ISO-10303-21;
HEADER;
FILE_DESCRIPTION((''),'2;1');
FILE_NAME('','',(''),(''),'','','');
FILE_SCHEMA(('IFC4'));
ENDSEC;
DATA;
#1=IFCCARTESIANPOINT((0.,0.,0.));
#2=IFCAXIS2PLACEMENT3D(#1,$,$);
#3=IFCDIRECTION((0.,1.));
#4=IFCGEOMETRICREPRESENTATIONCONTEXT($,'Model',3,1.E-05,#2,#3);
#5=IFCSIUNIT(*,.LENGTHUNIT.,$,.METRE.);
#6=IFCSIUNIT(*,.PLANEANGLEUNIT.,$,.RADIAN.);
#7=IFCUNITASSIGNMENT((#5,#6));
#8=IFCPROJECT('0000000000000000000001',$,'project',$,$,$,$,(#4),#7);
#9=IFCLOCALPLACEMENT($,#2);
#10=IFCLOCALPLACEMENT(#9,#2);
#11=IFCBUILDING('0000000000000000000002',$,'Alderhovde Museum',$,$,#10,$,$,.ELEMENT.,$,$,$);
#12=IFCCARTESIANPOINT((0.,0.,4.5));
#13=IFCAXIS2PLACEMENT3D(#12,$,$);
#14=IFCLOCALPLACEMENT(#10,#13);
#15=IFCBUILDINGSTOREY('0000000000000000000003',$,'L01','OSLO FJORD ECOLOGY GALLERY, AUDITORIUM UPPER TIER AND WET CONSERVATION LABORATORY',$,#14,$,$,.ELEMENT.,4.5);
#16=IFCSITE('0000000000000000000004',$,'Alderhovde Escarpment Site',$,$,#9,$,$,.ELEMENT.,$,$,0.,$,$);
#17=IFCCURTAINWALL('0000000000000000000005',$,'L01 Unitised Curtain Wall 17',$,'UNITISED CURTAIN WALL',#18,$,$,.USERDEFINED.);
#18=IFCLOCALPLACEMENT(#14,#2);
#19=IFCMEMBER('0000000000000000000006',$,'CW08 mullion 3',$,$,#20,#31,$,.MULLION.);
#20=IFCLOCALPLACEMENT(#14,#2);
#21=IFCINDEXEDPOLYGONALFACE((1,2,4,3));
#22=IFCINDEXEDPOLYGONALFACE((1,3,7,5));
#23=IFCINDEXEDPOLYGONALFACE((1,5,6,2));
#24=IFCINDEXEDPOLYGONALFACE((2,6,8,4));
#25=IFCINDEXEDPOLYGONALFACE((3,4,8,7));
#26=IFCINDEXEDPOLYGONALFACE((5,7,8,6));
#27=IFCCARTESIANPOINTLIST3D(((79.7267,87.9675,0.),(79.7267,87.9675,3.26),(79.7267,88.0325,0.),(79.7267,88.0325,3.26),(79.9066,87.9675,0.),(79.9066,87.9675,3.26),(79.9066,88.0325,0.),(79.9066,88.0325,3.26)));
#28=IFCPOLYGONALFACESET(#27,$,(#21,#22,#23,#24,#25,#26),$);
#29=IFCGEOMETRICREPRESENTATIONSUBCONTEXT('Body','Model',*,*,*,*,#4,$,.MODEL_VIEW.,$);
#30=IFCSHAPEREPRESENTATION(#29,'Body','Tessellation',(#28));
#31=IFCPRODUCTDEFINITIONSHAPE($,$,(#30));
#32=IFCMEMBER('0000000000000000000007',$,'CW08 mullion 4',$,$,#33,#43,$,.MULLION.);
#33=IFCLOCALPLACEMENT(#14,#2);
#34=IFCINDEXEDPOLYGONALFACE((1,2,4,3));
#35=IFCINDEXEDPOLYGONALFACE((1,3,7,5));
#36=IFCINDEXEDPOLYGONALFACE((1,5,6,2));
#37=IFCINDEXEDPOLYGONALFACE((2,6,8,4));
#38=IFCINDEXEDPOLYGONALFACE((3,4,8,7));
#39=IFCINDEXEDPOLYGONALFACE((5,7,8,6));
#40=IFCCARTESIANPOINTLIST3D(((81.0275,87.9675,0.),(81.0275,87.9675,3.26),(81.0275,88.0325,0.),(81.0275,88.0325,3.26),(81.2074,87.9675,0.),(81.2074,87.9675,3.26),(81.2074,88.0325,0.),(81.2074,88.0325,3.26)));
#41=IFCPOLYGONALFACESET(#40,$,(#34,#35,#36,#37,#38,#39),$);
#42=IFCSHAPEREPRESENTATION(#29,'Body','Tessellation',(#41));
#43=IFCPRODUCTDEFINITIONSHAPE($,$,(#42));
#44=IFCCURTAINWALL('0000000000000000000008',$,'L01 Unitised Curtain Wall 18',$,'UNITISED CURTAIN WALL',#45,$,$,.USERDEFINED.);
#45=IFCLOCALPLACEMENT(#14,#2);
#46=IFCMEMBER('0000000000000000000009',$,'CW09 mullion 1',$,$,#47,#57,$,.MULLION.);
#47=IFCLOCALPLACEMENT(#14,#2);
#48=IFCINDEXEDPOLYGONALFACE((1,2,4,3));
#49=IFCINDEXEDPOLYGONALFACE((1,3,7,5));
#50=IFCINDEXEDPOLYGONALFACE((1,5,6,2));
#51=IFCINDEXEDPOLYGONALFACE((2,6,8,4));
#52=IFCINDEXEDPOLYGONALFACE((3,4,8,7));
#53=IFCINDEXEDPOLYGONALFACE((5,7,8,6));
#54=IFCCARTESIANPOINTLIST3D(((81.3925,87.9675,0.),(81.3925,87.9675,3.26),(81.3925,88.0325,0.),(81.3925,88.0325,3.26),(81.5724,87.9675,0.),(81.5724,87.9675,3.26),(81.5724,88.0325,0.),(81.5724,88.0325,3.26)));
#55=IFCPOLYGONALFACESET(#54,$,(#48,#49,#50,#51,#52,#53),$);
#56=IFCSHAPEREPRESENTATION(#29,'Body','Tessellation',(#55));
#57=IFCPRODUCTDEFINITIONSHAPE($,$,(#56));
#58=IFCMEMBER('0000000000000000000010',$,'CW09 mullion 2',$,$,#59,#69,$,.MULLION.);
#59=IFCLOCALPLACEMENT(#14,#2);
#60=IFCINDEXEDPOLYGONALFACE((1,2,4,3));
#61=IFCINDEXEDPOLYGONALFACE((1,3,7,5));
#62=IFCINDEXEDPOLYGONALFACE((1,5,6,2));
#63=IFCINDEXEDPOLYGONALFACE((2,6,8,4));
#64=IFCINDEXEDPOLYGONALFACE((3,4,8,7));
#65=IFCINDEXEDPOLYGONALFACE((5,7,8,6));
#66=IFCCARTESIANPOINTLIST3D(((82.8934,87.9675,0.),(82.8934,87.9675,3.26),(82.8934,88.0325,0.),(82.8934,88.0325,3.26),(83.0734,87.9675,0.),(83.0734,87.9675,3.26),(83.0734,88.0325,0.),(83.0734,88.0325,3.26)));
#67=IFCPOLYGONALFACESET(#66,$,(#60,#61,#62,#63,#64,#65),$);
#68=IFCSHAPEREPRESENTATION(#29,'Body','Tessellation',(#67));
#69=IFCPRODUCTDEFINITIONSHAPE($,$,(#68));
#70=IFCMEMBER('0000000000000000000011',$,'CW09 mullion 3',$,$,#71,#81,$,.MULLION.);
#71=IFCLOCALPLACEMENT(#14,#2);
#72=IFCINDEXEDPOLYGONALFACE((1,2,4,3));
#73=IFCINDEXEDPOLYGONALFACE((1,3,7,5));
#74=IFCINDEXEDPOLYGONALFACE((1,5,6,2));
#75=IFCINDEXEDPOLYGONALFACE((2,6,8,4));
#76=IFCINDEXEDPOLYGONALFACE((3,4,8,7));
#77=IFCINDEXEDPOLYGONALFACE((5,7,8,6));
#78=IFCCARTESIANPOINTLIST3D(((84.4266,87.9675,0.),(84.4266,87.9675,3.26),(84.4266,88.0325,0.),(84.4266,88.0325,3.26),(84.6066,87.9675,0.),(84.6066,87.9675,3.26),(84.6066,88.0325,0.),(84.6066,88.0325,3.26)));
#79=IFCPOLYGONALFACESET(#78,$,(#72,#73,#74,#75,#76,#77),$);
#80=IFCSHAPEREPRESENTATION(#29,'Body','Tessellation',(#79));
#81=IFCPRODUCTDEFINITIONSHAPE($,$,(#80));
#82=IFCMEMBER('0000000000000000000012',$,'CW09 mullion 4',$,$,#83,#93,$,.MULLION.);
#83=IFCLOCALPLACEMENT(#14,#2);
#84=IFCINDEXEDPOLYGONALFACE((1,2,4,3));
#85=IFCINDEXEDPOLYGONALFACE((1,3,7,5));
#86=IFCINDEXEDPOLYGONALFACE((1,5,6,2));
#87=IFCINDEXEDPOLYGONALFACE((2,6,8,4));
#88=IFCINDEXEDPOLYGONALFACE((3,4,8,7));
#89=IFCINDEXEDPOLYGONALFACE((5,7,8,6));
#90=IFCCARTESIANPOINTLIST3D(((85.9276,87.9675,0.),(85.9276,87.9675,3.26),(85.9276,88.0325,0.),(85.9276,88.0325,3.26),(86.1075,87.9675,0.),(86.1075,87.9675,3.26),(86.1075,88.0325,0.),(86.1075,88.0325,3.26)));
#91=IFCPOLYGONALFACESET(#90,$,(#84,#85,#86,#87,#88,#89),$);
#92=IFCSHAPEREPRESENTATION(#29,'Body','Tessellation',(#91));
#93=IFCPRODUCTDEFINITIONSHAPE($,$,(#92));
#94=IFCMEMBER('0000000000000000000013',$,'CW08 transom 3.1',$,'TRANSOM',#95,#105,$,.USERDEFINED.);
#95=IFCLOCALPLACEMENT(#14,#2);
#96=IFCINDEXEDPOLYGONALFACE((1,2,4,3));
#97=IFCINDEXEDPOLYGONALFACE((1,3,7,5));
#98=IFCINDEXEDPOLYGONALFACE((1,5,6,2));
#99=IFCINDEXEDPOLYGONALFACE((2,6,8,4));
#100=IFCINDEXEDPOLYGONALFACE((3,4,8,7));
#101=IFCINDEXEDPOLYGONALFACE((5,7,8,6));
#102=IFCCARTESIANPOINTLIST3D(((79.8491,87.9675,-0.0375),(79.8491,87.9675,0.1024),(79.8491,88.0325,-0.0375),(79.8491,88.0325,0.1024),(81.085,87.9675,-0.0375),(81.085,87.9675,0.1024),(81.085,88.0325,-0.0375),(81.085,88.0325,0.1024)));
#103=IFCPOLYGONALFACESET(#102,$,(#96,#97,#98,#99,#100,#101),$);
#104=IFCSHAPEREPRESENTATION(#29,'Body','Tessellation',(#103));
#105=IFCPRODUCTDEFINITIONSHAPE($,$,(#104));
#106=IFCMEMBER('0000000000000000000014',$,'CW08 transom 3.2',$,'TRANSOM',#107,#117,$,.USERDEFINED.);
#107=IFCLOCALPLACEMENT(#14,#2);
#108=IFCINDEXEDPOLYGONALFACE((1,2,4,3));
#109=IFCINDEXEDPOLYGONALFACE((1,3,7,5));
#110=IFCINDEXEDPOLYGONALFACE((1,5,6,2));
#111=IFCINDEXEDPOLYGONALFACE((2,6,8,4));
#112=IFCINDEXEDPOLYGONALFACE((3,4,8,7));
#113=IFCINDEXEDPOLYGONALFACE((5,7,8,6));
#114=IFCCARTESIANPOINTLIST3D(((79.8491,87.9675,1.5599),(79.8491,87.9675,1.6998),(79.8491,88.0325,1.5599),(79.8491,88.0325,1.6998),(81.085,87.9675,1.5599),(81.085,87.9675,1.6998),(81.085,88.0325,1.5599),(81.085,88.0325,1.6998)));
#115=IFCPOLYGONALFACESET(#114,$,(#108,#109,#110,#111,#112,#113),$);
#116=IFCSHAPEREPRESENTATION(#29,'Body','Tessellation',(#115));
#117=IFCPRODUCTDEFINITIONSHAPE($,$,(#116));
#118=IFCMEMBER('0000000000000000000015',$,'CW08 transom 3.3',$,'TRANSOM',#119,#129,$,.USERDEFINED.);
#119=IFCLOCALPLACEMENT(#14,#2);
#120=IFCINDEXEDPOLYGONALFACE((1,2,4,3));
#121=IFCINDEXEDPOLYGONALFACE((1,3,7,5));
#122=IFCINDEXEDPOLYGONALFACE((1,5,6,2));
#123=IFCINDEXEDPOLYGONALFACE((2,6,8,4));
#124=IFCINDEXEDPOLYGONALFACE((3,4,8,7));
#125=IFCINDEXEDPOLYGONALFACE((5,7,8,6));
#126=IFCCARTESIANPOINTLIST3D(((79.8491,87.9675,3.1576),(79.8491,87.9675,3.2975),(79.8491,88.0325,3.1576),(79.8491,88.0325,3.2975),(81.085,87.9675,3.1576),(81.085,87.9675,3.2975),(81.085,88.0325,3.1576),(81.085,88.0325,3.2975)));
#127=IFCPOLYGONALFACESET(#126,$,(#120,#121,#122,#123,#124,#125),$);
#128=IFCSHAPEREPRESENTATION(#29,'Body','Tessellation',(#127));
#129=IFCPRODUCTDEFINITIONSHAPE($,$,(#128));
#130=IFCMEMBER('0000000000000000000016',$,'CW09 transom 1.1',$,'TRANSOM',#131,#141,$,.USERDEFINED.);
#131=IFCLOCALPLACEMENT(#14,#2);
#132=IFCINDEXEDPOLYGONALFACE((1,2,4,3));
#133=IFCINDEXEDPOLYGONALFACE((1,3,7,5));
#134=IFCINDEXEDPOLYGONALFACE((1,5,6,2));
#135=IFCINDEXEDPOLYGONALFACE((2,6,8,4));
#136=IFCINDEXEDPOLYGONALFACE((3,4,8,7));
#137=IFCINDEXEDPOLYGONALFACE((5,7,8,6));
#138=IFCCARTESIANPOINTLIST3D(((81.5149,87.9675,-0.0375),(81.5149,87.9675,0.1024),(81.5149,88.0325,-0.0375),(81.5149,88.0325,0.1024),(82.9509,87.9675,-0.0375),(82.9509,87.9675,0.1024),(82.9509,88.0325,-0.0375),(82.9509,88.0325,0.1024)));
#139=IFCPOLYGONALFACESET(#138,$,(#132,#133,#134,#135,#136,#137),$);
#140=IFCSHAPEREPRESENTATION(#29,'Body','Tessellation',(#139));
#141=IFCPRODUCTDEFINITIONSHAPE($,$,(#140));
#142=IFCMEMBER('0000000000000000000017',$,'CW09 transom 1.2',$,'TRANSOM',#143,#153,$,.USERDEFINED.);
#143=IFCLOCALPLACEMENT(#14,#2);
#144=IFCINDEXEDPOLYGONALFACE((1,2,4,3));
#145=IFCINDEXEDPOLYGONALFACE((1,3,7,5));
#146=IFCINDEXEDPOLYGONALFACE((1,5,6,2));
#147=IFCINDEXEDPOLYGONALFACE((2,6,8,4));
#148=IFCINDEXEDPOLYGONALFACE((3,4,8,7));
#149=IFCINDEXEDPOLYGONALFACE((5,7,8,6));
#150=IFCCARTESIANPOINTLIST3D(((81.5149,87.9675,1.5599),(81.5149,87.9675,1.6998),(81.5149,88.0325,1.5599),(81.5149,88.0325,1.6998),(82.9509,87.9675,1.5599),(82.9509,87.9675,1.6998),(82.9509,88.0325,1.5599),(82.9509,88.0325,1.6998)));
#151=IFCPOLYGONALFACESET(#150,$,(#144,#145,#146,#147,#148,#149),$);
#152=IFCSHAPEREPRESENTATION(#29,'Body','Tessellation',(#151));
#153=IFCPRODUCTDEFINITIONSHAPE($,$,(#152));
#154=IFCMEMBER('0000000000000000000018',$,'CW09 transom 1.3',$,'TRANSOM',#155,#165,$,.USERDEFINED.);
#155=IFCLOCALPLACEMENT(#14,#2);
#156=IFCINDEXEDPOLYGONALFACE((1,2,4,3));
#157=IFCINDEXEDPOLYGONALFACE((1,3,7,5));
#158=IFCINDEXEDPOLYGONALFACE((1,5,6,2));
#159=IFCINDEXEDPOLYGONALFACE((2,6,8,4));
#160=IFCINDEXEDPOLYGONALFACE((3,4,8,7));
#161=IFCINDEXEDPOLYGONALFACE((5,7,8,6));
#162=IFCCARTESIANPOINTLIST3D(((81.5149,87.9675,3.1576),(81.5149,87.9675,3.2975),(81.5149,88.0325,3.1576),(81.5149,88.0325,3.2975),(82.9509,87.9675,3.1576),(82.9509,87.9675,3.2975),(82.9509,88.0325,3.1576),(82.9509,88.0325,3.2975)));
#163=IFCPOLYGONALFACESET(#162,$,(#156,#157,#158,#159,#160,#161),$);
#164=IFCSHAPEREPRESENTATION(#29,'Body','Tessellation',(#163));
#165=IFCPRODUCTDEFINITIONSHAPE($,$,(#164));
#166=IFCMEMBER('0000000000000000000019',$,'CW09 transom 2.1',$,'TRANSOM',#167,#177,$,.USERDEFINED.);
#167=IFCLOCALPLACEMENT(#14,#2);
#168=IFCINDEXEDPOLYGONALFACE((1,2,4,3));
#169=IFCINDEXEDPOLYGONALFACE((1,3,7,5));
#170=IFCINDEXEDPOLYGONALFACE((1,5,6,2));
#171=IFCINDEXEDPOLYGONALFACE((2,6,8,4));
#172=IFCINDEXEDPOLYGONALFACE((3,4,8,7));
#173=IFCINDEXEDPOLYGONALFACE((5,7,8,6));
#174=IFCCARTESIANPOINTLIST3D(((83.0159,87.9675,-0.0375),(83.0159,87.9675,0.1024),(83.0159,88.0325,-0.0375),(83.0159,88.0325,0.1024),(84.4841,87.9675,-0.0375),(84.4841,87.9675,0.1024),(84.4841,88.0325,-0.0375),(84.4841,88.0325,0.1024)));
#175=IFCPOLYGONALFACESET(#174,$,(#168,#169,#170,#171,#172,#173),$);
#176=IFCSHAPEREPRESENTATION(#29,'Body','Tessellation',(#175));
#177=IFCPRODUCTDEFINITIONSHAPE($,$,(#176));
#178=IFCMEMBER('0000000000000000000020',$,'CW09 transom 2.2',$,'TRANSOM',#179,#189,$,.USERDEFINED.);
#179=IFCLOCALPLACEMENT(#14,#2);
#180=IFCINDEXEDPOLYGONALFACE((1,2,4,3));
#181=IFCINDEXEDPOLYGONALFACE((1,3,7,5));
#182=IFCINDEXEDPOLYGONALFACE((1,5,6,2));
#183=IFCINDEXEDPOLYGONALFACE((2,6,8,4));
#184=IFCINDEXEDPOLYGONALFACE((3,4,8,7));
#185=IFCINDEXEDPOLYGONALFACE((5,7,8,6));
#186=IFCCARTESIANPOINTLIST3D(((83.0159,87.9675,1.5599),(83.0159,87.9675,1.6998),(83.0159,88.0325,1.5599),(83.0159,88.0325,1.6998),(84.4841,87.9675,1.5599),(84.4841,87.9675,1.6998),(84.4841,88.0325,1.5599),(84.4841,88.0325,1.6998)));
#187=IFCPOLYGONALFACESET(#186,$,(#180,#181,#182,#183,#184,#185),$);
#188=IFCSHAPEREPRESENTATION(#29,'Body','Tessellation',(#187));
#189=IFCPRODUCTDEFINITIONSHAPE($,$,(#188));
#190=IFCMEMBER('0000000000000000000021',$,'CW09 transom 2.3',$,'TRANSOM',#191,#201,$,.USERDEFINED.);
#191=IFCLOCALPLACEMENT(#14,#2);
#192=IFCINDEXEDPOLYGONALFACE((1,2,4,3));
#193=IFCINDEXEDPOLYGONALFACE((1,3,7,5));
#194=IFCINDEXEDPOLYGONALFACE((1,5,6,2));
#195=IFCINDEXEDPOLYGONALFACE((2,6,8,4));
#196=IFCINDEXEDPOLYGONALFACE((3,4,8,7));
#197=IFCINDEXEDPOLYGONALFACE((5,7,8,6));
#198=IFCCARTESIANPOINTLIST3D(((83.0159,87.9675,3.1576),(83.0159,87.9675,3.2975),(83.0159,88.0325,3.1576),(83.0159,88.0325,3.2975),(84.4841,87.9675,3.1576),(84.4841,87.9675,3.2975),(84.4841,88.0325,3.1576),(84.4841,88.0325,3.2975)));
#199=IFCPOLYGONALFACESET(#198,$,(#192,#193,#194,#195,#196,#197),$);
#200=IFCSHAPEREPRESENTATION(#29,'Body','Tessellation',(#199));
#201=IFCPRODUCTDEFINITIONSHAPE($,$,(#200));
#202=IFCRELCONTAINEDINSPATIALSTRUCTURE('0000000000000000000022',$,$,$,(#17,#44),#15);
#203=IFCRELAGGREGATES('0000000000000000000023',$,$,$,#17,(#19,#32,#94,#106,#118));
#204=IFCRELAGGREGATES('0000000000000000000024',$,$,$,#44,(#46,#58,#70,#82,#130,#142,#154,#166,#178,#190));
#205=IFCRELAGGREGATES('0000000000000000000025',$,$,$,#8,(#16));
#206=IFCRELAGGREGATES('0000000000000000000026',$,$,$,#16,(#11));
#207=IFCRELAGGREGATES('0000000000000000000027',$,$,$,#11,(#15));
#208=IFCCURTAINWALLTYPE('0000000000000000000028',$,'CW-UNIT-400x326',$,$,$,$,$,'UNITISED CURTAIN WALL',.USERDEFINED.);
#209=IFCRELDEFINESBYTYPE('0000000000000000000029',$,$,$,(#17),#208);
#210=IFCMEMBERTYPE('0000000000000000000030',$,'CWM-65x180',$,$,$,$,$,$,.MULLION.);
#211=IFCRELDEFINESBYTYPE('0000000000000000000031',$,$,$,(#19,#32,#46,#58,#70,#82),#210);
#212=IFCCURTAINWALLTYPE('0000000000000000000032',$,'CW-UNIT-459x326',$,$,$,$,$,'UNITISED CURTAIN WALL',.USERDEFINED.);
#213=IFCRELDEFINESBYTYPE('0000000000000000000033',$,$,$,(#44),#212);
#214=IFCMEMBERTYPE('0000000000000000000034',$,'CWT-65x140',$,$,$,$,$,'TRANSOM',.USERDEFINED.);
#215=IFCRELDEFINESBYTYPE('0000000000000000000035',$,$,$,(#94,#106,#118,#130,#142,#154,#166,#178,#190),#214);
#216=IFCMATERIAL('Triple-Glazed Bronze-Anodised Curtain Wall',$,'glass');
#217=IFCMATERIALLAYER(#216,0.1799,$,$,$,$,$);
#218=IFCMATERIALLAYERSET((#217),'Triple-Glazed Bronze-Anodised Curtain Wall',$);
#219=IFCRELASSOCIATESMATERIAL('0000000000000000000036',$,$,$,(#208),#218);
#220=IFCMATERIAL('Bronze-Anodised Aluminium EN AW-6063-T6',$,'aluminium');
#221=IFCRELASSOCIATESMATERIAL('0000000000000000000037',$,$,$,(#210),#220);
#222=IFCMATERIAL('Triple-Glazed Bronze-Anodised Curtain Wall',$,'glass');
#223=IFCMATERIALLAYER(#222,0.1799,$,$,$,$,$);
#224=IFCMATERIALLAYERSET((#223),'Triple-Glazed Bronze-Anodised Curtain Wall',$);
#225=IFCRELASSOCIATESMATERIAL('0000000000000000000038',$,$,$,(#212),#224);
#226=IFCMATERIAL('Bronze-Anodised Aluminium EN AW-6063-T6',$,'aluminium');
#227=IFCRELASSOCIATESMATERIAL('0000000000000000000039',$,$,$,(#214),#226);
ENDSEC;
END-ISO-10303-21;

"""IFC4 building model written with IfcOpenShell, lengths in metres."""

from ifc_helpers import new_model, si_unit, direction, frame, origin, origin_2d, place, context, subcontext, project, spatial, rectangle, extrude, material, layer, layer_set, material_profile, profile_set, type_object, element, aggregate, save


model = new_model("IFC4")

# Units and contexts
model_context = context("Model", 3, precision=1e-05, world=origin(), true_north=direction((0.0, 1.0)))
body_context = subcontext(model_context, "Body", "Model", "MODEL_VIEW")
ifc_project = project(units=[si_unit("LENGTHUNIT", "METRE"), si_unit("PLANEANGLEUNIT", "RADIAN")], contexts=[model_context])

# Site, building, storey
site_placement = place(None, origin())
site = spatial("IfcSite", under=ifc_project, at=site_placement, Name="Alderhovde Escarpment Site", CompositionType="ELEMENT", RefElevation=0.0)
building_placement = place(site_placement, origin())
building = spatial("IfcBuilding", under=site, at=building_placement, Name="Alderhovde Museum", CompositionType="ELEMENT")
storey_placement = place(building_placement, frame((0.0, 0.0, 4.5)))
storey = spatial("IfcBuildingStorey", under=building, at=storey_placement, Name="L01", Description="OSLO FJORD ECOLOGY GALLERY, AUDITORIUM UPPER TIER AND WET CONSERVATION LABORATORY", CompositionType="ELEMENT", Elevation=4.5)

# Curtain walls, members
ifc_material_1 = material(Name="Triple-Glazed Bronze-Anodised Curtain Wall", Category="glass")
ifc_layer_1 = layer(ifc_material_1, 0.1799)
ifc_layer_set_1 = layer_set([ifc_layer_1], Name="Triple-Glazed Bronze-Anodised Curtain Wall")
curtain_wall_type_1 = type_object("IfcCurtainWallType", Name="CW-UNIT-400x326", ElementType="UNITISED CURTAIN WALL", PredefinedType="USERDEFINED", material=ifc_layer_set_1)
curtain_wall_1_placement = place(storey_placement, origin())
curtain_wall_1 = element("IfcCurtainWall", 1, at=curtain_wall_1_placement, inside=storey, type_object=curtain_wall_type_1, Name="L01 Unitised Curtain Wall 17", ObjectType="UNITISED CURTAIN WALL", PredefinedType="USERDEFINED")
ifc_material_2 = material(Name="Bronze-Anodised Aluminium EN AW-6063-T6", Category="aluminium")
ifc_material_profile_1 = material_profile(ifc_material_2, rectangle(XDim=0.0649, YDim=0.1799, at=origin_2d()), Name="MULLION 65x180")
ifc_profile_set_1 = profile_set([ifc_material_profile_1], Name="Bronze-Anodised Aluminium EN AW-6063-T6")
member_type_1 = type_object("IfcMemberType", Name="CWM-65x180", PredefinedType="MULLION", material=ifc_profile_set_1)
member_1_placement = place(storey_placement, frame((79.8167, 88.0, 0.0), z_axis=(0.0, 0.0, 1.0), x_axis=(0.0, 1.0, 0.0)))
member_1 = element("IfcMember", 2, at=member_1_placement, type_object=member_type_1, Name="CW08 mullion 3", PredefinedType="MULLION", context=body_context, shape_type="SweptSolid", body=[
    extrude(rectangle(XDim=0.0649, YDim=0.1799, at=origin_2d()), origin(), (0.0, 0.0, 1.0), 3.26),
])
member_2_placement = place(storey_placement, frame((81.1174, 88.0, 0.0), z_axis=(0.0, 0.0, 1.0), x_axis=(0.0, 1.0, 0.0)))
member_2 = element("IfcMember", 3, at=member_2_placement, type_object=member_type_1, Name="CW08 mullion 4", PredefinedType="MULLION", context=body_context, shape_type="SweptSolid", body=[
    extrude(rectangle(XDim=0.0649, YDim=0.1799, at=origin_2d()), origin(), (0.0, 0.0, 1.0), 3.26),
])
ifc_material_3 = material(Name="Triple-Glazed Bronze-Anodised Curtain Wall", Category="glass")
ifc_layer_2 = layer(ifc_material_3, 0.1799)
ifc_layer_set_2 = layer_set([ifc_layer_2], Name="Triple-Glazed Bronze-Anodised Curtain Wall")
curtain_wall_type_2 = type_object("IfcCurtainWallType", Name="CW-UNIT-459x326", ElementType="UNITISED CURTAIN WALL", PredefinedType="USERDEFINED", material=ifc_layer_set_2)
curtain_wall_2_placement = place(storey_placement, origin())
curtain_wall_2 = element("IfcCurtainWall", 4, at=curtain_wall_2_placement, inside=storey, type_object=curtain_wall_type_2, Name="L01 Unitised Curtain Wall 18", ObjectType="UNITISED CURTAIN WALL", PredefinedType="USERDEFINED")
member_3_placement = place(storey_placement, frame((81.4824, 88.0, 0.0), z_axis=(0.0, 0.0, 1.0), x_axis=(0.0, 1.0, 0.0)))
member_3 = element("IfcMember", 5, at=member_3_placement, type_object=member_type_1, Name="CW09 mullion 1", PredefinedType="MULLION", context=body_context, shape_type="SweptSolid", body=[
    extrude(rectangle(XDim=0.0649, YDim=0.1799, at=origin_2d()), origin(), (0.0, 0.0, 1.0), 3.26),
])
member_4_placement = place(storey_placement, frame((82.9834, 88.0, 0.0), z_axis=(0.0, 0.0, 1.0), x_axis=(0.0, 1.0, 0.0)))
member_4 = element("IfcMember", 6, at=member_4_placement, type_object=member_type_1, Name="CW09 mullion 2", PredefinedType="MULLION", context=body_context, shape_type="SweptSolid", body=[
    extrude(rectangle(XDim=0.0649, YDim=0.1799, at=origin_2d()), origin(), (0.0, 0.0, 1.0), 3.26),
])
member_5_placement = place(storey_placement, frame((84.5166, 88.0, 0.0), z_axis=(0.0, 0.0, 1.0), x_axis=(0.0, 1.0, 0.0)))
member_5 = element("IfcMember", 7, at=member_5_placement, type_object=member_type_1, Name="CW09 mullion 3", PredefinedType="MULLION", context=body_context, shape_type="SweptSolid", body=[
    extrude(rectangle(XDim=0.0649, YDim=0.1799, at=origin_2d()), origin(), (0.0, 0.0, 1.0), 3.26),
])
member_6_placement = place(storey_placement, frame((86.0176, 88.0, 0.0), z_axis=(0.0, 0.0, 1.0), x_axis=(0.0, 1.0, 0.0)))
member_6 = element("IfcMember", 8, at=member_6_placement, type_object=member_type_1, Name="CW09 mullion 4", PredefinedType="MULLION", context=body_context, shape_type="SweptSolid", body=[
    extrude(rectangle(XDim=0.0649, YDim=0.1799, at=origin_2d()), origin(), (0.0, 0.0, 1.0), 3.26),
])

# Members
ifc_material_4 = material(Name="Bronze-Anodised Aluminium EN AW-6063-T6", Category="aluminium")
ifc_material_profile_2 = material_profile(ifc_material_4, rectangle(XDim=0.0649, YDim=0.1399, at=origin_2d()), Name="TRANSOM 65x140")
ifc_profile_set_2 = profile_set([ifc_material_profile_2], Name="Bronze-Anodised Aluminium EN AW-6063-T6")
member_type_2 = type_object("IfcMemberType", Name="CWT-65x140", ElementType="TRANSOM", PredefinedType="USERDEFINED", material=ifc_profile_set_2)
member_7_placement = place(storey_placement, frame((79.8491, 88.0, 0.0325), z_axis=(1.0, 0.0, 0.0), x_axis=(0.0, 1.0, 0.0)))
member_7 = element("IfcMember", 9, at=member_7_placement, type_object=member_type_2, Name="CW08 transom 3.1", ObjectType="TRANSOM", PredefinedType="USERDEFINED", context=body_context, shape_type="SweptSolid", body=[
    extrude(rectangle(XDim=0.0649, YDim=0.1399, at=origin_2d()), origin(), (0.0, 0.0, 1.0), 1.2358),
])
member_8_placement = place(storey_placement, frame((79.8491, 88.0, 1.6299), z_axis=(1.0, 0.0, 0.0), x_axis=(0.0, 1.0, 0.0)))
member_8 = element("IfcMember", 10, at=member_8_placement, type_object=member_type_2, Name="CW08 transom 3.2", ObjectType="TRANSOM", PredefinedType="USERDEFINED", context=body_context, shape_type="SweptSolid", body=[
    extrude(rectangle(XDim=0.0649, YDim=0.1399, at=origin_2d()), origin(), (0.0, 0.0, 1.0), 1.2358),
])
member_9_placement = place(storey_placement, frame((79.8491, 88.0, 3.2275), z_axis=(1.0, 0.0, 0.0), x_axis=(0.0, 1.0, 0.0)))
member_9 = element("IfcMember", 11, at=member_9_placement, type_object=member_type_2, Name="CW08 transom 3.3", ObjectType="TRANSOM", PredefinedType="USERDEFINED", context=body_context, shape_type="SweptSolid", body=[
    extrude(rectangle(XDim=0.0649, YDim=0.1399, at=origin_2d()), origin(), (0.0, 0.0, 1.0), 1.2358),
])
member_10_placement = place(storey_placement, frame((81.5149, 88.0, 0.0325), z_axis=(1.0, 0.0, 0.0), x_axis=(0.0, 1.0, 0.0)))
member_10 = element("IfcMember", 12, at=member_10_placement, type_object=member_type_2, Name="CW09 transom 1.1", ObjectType="TRANSOM", PredefinedType="USERDEFINED", context=body_context, shape_type="SweptSolid", body=[
    extrude(rectangle(XDim=0.0649, YDim=0.1399, at=origin_2d()), origin(), (0.0, 0.0, 1.0), 1.436),
])
member_11_placement = place(storey_placement, frame((81.5149, 88.0, 1.6299), z_axis=(1.0, 0.0, 0.0), x_axis=(0.0, 1.0, 0.0)))
member_11 = element("IfcMember", 13, at=member_11_placement, type_object=member_type_2, Name="CW09 transom 1.2", ObjectType="TRANSOM", PredefinedType="USERDEFINED", context=body_context, shape_type="SweptSolid", body=[
    extrude(rectangle(XDim=0.0649, YDim=0.1399, at=origin_2d()), origin(), (0.0, 0.0, 1.0), 1.436),
])
member_12_placement = place(storey_placement, frame((81.5149, 88.0, 3.2275), z_axis=(1.0, 0.0, 0.0), x_axis=(0.0, 1.0, 0.0)))
member_12 = element("IfcMember", 14, at=member_12_placement, type_object=member_type_2, Name="CW09 transom 1.3", ObjectType="TRANSOM", PredefinedType="USERDEFINED", context=body_context, shape_type="SweptSolid", body=[
    extrude(rectangle(XDim=0.0649, YDim=0.1399, at=origin_2d()), origin(), (0.0, 0.0, 1.0), 1.436),
])
member_13_placement = place(storey_placement, frame((83.0159, 88.0, 0.0325), z_axis=(1.0, 0.0, 0.0), x_axis=(0.0, 1.0, 0.0)))
member_13 = element("IfcMember", 15, at=member_13_placement, type_object=member_type_2, Name="CW09 transom 2.1", ObjectType="TRANSOM", PredefinedType="USERDEFINED", context=body_context, shape_type="SweptSolid", body=[
    extrude(rectangle(XDim=0.0649, YDim=0.1399, at=origin_2d()), origin(), (0.0, 0.0, 1.0), 1.4683),
])
member_14_placement = place(storey_placement, frame((83.0159, 88.0, 1.6299), z_axis=(1.0, 0.0, 0.0), x_axis=(0.0, 1.0, 0.0)))
member_14 = element("IfcMember", 16, at=member_14_placement, type_object=member_type_2, Name="CW09 transom 2.2", ObjectType="TRANSOM", PredefinedType="USERDEFINED", context=body_context, shape_type="SweptSolid", body=[
    extrude(rectangle(XDim=0.0649, YDim=0.1399, at=origin_2d()), origin(), (0.0, 0.0, 1.0), 1.4683),
])
member_15_placement = place(storey_placement, frame((83.0159, 88.0, 3.2275), z_axis=(1.0, 0.0, 0.0), x_axis=(0.0, 1.0, 0.0)))
member_15 = element("IfcMember", 17, at=member_15_placement, type_object=member_type_2, Name="CW09 transom 2.3", ObjectType="TRANSOM", PredefinedType="USERDEFINED", context=body_context, shape_type="SweptSolid", body=[
    extrude(rectangle(XDim=0.0649, YDim=0.1399, at=origin_2d()), origin(), (0.0, 0.0, 1.0), 1.4683),
])

aggregate(curtain_wall_1, [member_1, member_2, member_7, member_8, member_9])
aggregate(curtain_wall_2, [member_3, member_4, member_5, member_6, member_10, member_11, member_12, member_13, member_14, member_15])

save(model, "model.ifc")
